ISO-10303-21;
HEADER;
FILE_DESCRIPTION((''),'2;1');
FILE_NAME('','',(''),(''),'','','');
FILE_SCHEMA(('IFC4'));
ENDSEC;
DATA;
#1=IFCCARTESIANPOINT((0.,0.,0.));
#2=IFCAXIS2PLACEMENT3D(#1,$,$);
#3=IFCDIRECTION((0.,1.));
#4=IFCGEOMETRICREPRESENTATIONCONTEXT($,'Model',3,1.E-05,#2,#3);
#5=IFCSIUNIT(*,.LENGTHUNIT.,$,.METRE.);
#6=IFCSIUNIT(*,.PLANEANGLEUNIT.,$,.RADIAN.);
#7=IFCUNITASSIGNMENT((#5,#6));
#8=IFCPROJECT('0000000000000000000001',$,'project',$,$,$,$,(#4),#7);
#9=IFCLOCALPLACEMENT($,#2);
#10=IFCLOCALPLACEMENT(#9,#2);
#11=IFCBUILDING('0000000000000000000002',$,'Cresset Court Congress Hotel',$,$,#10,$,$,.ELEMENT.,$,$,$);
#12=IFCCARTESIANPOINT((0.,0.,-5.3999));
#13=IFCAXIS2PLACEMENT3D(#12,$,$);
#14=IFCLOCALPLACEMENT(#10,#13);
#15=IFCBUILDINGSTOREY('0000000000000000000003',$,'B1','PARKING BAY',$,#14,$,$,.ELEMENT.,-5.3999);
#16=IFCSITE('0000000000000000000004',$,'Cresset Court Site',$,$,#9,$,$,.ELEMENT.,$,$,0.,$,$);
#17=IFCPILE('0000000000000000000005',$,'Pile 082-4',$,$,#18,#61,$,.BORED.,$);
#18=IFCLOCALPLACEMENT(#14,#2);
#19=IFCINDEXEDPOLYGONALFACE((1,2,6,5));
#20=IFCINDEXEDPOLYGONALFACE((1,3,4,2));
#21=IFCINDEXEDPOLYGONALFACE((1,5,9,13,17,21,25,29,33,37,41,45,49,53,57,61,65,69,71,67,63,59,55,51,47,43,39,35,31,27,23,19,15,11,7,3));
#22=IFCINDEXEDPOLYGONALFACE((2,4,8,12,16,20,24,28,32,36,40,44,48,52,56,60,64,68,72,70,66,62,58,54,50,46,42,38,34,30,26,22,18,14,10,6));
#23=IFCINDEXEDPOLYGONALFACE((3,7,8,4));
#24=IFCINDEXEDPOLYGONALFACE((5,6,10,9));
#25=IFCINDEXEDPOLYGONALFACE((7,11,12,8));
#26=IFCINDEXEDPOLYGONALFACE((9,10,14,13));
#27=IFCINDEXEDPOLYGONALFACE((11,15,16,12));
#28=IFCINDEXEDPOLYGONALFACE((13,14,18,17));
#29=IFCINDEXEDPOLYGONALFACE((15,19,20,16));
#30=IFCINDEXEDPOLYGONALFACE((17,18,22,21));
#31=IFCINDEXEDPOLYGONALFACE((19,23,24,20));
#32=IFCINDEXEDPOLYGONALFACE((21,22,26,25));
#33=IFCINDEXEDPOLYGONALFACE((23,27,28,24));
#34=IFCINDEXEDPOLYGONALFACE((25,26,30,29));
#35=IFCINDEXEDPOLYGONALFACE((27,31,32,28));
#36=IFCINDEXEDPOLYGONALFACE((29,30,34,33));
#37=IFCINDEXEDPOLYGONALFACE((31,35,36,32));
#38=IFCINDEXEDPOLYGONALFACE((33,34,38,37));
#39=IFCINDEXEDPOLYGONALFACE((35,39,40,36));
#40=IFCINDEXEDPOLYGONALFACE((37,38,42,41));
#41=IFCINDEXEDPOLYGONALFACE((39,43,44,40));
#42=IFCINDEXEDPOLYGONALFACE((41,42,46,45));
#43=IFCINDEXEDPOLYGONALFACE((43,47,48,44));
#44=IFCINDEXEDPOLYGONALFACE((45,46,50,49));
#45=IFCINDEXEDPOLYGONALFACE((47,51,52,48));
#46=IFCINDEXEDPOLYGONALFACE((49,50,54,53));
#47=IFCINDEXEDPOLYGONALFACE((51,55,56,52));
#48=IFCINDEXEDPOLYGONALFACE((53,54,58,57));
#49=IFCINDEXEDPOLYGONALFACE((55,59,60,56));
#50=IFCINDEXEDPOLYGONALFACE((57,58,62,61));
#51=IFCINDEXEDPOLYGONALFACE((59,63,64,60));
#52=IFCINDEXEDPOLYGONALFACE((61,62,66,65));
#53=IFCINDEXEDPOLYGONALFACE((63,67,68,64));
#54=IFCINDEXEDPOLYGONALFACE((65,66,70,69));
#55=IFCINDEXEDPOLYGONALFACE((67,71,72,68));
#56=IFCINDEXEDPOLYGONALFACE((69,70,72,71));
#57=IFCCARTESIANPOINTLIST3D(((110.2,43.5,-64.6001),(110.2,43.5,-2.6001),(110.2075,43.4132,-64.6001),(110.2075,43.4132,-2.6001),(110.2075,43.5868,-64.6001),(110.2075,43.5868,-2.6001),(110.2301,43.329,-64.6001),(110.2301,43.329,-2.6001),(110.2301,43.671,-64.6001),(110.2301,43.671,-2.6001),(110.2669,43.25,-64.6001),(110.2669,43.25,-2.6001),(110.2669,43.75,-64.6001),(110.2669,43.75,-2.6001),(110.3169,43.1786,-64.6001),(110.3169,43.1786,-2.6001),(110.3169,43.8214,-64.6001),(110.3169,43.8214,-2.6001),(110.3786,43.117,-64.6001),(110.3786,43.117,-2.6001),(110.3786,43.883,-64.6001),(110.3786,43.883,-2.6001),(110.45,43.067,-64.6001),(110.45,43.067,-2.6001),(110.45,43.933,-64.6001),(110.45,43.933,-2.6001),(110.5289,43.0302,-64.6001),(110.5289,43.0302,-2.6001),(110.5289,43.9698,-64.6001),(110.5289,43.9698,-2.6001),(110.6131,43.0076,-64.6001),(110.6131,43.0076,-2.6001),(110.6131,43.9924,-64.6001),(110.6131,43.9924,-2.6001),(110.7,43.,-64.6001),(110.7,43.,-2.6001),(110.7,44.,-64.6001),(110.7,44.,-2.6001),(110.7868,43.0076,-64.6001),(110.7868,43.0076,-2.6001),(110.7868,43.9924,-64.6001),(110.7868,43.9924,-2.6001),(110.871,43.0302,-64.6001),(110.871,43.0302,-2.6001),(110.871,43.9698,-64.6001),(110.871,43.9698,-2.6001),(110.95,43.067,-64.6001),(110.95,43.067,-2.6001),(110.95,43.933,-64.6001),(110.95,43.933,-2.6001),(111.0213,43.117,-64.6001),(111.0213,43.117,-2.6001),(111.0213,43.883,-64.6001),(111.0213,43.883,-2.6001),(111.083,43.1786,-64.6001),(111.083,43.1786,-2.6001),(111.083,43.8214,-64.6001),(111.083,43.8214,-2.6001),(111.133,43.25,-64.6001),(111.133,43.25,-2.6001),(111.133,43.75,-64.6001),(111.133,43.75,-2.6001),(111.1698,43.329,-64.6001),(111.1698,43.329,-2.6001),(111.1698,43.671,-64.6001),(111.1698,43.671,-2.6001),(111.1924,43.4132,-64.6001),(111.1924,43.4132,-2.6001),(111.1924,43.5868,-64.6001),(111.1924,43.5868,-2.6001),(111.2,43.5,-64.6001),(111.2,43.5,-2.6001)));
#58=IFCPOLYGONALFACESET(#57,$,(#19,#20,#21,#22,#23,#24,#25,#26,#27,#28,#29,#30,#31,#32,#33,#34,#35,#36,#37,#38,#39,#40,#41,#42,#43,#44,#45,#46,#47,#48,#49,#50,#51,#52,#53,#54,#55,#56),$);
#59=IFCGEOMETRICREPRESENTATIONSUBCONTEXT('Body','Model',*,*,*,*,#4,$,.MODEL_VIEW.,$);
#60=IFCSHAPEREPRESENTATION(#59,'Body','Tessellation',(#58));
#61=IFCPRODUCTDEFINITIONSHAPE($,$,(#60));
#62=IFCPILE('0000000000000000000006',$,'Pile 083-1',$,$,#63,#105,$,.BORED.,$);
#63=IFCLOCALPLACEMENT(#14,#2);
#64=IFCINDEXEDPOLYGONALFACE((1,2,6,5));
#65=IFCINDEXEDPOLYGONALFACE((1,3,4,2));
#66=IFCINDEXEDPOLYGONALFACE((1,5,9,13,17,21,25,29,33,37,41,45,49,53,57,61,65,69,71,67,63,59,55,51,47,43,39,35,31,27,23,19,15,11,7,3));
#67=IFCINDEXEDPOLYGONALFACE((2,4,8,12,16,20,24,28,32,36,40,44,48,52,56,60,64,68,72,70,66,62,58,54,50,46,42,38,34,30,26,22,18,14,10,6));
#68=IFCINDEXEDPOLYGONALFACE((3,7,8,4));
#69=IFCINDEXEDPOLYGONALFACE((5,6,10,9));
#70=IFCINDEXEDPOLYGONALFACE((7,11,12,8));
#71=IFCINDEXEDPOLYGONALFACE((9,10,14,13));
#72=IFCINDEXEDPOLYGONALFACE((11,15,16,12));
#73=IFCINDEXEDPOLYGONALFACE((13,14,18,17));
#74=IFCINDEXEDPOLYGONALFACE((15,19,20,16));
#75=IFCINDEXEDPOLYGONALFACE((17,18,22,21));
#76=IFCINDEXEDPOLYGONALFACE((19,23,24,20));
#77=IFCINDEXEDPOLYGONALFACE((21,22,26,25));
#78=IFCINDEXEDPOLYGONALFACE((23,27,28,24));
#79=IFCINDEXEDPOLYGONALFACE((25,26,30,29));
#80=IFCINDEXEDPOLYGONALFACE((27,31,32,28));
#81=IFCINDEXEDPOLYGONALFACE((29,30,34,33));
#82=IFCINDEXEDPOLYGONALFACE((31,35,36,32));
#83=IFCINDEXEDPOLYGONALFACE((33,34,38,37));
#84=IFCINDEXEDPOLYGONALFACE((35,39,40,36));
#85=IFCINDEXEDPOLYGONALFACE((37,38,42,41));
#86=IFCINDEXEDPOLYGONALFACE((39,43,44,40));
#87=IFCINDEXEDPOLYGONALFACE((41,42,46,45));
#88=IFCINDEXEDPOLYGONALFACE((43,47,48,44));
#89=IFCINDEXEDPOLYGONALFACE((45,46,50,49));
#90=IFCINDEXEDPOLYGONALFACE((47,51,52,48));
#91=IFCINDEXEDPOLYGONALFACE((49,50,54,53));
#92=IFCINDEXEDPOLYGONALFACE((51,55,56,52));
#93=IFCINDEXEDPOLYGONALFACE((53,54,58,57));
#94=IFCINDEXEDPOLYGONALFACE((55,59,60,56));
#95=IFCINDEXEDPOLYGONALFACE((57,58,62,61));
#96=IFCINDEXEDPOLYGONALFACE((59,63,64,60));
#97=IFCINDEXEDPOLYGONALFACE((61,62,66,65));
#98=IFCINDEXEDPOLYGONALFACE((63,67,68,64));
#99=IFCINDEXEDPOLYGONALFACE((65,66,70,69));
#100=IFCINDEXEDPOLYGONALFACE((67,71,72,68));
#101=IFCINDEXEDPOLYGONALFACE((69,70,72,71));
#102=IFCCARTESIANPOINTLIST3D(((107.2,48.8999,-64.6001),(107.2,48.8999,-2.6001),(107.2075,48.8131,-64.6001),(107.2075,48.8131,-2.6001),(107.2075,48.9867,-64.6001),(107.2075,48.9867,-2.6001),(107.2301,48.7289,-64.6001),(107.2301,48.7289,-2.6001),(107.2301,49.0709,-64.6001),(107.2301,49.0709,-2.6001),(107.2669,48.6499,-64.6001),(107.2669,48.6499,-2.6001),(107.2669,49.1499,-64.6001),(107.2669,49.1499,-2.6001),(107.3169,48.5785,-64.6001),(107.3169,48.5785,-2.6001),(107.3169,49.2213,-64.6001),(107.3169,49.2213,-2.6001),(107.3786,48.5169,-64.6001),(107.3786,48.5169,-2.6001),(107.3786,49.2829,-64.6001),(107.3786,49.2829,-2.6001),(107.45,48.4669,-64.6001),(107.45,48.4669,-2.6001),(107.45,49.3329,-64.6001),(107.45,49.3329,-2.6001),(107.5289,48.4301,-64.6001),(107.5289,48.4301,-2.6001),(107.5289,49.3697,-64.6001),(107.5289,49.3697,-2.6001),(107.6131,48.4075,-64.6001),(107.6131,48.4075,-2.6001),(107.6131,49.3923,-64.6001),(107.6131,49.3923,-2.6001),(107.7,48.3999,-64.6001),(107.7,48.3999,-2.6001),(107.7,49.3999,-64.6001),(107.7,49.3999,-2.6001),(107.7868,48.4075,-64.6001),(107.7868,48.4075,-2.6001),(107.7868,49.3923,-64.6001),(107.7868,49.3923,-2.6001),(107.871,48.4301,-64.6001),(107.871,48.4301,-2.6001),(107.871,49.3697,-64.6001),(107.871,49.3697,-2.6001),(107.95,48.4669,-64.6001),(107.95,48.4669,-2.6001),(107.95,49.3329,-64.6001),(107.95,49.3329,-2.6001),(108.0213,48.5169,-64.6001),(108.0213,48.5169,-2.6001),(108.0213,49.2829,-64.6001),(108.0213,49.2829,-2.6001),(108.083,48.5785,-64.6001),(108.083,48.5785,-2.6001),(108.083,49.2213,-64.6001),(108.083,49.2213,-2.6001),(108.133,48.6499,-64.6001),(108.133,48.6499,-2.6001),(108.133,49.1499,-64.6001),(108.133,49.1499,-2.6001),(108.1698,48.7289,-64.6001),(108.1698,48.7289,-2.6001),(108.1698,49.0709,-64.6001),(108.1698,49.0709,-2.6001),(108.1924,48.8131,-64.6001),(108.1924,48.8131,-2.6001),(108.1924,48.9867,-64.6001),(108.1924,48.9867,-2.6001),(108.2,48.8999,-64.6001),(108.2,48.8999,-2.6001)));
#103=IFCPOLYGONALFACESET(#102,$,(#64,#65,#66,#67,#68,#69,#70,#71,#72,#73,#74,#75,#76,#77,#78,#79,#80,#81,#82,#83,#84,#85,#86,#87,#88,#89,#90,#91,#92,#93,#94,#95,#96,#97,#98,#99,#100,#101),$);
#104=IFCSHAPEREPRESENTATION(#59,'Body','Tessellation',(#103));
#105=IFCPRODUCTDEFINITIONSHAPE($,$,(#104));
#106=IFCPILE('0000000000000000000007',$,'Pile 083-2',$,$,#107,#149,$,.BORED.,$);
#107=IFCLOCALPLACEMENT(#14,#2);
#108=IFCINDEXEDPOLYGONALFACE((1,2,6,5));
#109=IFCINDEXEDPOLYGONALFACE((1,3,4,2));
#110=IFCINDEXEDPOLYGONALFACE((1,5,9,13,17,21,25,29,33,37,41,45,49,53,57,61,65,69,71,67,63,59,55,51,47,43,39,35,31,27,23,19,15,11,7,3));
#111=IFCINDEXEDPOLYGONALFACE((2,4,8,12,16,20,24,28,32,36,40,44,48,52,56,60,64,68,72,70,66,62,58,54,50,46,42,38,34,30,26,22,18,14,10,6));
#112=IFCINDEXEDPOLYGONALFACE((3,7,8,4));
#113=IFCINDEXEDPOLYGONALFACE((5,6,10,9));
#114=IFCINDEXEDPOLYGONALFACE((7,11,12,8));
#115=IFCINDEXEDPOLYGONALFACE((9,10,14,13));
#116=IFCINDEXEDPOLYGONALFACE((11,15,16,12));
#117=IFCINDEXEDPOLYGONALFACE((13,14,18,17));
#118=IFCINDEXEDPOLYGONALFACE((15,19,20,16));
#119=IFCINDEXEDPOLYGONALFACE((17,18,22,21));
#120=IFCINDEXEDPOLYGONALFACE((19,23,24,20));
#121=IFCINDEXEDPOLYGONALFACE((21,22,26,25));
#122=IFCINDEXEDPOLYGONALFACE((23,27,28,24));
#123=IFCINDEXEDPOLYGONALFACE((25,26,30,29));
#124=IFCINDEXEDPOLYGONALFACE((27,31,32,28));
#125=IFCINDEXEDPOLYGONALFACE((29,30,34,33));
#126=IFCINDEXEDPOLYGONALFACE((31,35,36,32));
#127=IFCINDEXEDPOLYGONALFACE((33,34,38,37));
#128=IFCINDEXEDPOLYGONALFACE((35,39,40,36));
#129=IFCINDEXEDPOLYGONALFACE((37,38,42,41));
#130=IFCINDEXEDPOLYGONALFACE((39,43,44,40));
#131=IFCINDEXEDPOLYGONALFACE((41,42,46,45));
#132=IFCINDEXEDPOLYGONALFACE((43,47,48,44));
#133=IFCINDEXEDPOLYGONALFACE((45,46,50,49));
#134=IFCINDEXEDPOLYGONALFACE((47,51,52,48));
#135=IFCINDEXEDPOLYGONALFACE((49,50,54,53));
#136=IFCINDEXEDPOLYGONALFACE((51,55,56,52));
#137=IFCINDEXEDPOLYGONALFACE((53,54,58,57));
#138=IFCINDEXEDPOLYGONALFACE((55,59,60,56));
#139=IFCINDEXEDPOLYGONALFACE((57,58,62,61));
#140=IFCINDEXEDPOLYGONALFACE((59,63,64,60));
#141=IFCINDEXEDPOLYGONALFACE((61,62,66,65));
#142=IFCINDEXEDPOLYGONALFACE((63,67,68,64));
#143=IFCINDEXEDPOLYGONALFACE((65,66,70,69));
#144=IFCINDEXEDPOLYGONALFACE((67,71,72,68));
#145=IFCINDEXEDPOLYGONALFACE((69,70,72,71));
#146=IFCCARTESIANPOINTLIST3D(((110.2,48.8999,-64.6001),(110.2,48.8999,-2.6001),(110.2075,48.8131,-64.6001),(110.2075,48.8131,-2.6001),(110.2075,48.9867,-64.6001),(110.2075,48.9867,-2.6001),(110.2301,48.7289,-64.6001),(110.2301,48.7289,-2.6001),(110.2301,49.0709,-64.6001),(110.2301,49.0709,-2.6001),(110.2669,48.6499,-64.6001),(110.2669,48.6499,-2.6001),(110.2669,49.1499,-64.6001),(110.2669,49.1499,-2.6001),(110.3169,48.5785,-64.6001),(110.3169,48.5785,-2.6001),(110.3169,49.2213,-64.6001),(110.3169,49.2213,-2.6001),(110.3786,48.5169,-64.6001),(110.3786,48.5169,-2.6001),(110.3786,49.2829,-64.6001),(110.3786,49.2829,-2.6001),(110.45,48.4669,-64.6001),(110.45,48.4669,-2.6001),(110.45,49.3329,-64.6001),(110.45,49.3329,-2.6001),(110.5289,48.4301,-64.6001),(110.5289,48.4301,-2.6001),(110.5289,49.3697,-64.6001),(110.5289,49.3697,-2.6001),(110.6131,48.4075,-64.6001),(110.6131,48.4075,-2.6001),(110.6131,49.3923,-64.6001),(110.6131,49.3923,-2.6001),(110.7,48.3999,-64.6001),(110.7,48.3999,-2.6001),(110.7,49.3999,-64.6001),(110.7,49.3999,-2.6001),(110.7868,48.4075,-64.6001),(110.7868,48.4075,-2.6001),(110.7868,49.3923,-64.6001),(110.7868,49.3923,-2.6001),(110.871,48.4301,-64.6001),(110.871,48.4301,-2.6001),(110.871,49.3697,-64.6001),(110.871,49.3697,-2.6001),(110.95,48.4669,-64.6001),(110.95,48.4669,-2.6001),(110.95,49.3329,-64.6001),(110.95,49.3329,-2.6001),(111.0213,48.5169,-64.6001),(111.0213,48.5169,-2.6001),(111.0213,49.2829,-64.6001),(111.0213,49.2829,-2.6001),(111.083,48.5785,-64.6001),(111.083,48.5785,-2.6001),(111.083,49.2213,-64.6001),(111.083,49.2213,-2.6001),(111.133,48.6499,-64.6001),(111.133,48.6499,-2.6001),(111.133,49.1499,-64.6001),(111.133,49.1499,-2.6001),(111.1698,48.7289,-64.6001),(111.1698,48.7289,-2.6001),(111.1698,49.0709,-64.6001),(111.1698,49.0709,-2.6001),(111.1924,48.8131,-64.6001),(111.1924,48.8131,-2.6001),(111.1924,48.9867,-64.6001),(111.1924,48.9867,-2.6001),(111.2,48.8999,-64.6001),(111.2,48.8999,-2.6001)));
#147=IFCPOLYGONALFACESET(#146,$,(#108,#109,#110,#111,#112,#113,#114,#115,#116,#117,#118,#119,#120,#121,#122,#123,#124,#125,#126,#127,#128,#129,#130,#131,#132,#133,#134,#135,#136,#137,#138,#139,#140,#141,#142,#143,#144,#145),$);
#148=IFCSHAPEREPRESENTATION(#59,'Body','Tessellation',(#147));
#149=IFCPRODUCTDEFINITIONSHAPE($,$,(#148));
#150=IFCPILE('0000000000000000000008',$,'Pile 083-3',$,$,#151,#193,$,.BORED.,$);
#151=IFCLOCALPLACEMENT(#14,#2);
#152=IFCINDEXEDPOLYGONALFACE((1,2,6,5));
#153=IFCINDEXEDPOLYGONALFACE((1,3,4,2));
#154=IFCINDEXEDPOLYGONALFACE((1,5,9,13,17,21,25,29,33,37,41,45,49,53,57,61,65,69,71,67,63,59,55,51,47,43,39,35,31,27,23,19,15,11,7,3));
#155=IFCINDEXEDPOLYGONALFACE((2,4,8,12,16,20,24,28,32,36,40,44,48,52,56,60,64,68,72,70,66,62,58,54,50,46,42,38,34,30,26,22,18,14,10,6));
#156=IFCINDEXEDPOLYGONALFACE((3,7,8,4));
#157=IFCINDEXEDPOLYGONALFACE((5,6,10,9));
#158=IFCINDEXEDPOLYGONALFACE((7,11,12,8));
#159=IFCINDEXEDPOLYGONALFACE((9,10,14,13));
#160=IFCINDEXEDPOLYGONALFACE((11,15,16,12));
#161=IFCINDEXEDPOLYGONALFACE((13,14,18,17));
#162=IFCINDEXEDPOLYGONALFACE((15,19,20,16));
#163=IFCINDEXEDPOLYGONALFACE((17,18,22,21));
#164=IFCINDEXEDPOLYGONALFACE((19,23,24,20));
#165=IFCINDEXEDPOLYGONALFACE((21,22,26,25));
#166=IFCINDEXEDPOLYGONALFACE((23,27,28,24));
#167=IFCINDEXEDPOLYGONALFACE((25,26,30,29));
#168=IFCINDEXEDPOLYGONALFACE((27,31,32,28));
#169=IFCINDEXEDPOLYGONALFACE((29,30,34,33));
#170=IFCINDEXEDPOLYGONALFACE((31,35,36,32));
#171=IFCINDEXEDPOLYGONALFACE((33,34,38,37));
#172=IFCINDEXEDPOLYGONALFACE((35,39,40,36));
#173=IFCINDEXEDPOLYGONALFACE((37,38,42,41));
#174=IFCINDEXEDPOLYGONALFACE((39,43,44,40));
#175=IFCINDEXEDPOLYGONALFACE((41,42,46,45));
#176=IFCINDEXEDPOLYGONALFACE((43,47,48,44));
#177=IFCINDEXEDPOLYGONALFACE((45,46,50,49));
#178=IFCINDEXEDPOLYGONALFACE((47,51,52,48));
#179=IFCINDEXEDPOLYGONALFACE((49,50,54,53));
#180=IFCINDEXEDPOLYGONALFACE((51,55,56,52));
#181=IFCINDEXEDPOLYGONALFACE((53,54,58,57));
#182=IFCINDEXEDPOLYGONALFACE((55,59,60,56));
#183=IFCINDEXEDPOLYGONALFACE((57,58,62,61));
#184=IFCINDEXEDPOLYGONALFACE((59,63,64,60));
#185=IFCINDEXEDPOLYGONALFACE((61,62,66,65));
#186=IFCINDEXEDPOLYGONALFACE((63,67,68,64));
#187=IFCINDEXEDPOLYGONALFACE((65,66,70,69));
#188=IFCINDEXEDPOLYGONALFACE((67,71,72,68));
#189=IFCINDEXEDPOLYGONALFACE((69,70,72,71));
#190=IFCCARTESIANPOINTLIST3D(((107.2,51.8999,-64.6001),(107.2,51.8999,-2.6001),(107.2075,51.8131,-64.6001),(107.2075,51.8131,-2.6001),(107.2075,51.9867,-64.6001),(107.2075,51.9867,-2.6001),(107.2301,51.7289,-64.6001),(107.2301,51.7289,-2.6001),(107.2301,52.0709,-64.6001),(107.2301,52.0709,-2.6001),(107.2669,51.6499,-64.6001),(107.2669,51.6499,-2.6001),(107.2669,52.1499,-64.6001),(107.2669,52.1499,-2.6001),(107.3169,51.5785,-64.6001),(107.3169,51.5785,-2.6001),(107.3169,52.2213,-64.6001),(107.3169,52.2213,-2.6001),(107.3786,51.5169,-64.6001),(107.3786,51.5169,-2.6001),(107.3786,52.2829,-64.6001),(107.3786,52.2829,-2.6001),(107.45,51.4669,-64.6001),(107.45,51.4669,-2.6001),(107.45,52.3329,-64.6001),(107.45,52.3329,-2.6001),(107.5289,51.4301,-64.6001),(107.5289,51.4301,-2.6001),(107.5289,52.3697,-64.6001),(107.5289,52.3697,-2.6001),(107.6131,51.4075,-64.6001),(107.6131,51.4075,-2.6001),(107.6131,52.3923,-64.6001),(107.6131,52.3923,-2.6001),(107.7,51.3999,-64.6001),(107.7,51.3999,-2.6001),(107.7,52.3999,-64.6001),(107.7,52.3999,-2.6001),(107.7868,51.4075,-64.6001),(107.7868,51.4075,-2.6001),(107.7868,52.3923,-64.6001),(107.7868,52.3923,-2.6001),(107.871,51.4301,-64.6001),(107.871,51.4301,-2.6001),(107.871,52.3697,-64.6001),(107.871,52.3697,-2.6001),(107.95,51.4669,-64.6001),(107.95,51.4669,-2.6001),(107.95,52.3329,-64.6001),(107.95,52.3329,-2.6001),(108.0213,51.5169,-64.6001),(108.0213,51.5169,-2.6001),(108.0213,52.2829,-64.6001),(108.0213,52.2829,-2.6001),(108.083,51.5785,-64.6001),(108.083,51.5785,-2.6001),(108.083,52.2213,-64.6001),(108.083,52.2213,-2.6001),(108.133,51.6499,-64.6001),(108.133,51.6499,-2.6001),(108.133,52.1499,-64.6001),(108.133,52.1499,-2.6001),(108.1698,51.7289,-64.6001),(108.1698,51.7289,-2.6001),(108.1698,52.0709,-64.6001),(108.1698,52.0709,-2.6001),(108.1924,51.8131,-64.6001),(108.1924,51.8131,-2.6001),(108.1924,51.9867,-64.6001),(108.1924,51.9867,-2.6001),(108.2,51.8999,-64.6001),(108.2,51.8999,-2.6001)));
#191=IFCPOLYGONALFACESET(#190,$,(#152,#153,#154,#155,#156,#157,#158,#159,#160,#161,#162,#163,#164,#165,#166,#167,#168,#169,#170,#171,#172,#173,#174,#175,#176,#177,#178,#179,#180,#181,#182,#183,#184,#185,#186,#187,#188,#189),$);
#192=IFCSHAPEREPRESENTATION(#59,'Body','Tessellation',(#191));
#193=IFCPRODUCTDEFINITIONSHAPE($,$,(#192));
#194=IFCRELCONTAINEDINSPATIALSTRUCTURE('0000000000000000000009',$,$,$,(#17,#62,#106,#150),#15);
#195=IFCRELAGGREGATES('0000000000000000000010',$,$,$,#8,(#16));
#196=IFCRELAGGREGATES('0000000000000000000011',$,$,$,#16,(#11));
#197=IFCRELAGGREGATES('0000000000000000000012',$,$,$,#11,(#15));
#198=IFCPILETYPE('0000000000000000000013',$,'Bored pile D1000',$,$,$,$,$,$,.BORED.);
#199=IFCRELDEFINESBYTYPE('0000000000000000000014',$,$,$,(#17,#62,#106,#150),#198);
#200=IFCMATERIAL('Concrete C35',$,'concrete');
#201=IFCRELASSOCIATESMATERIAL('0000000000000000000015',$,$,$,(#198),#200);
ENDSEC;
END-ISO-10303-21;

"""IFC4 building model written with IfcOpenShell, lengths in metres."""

from ifc_helpers import new_model, si_unit, direction, frame, origin, origin_2d, place, context, subcontext, project, spatial, circle, extrude, material, type_object, element, save


model = new_model("IFC4")

# Units and contexts
model_context = context("Model", 3, precision=1e-05, world=origin(), true_north=direction((0.0, 1.0)))
body_context = subcontext(model_context, "Body", "Model", "MODEL_VIEW")
ifc_project = project(units=[si_unit("LENGTHUNIT", "METRE"), si_unit("PLANEANGLEUNIT", "RADIAN")], contexts=[model_context])

# Site, building, storey
site_placement = place(None, origin())
site = spatial("IfcSite", under=ifc_project, at=site_placement, Name="Cresset Court Site", CompositionType="ELEMENT", RefElevation=0.0)
building_placement = place(site_placement, origin())
building = spatial("IfcBuilding", under=site, at=building_placement, Name="Cresset Court Congress Hotel", CompositionType="ELEMENT")
storey_placement = place(building_placement, frame((0.0, 0.0, -5.3999)))
storey = spatial("IfcBuildingStorey", under=building, at=storey_placement, Name="B1", Description="PARKING BAY", CompositionType="ELEMENT", Elevation=-5.3999)

# Piles
ifc_material_1 = material(Name="Concrete C35", Category="concrete")
pile_type = type_object("IfcPileType", Name="Bored pile D1000", PredefinedType="BORED", material=ifc_material_1)
for number, where, z_axis, x_axis, name in (
    (1, (110.7, 43.5, -2.6001), (0.0, 0.0, -1.0), (1.0, 0.0, 0.0), "Pile 082-4"),
    (2, (107.7, 48.8999, -2.6001), (0.0, 0.0, -1.0), (1.0, 0.0, 0.0), "Pile 083-1"),
    (3, (110.7, 48.8999, -2.6001), (0.0, 0.0, -1.0), (1.0, 0.0, 0.0), "Pile 083-2"),
    (4, (107.7, 51.8999, -2.6001), (0.0, 0.0, -1.0), (1.0, 0.0, 0.0), "Pile 083-3"),
):
    element("IfcPile", number, at=place(storey_placement, frame(where, z_axis=z_axis, x_axis=x_axis)), inside=storey, type_object=pile_type, Name=name, PredefinedType="BORED", context=body_context, shape_type="SweptSolid", body=[
        extrude(circle(Radius=0.5, at=origin_2d()), origin(), (0.0, 0.0, 1.0), 62.0),
    ])

save(model, "model.ifc")
